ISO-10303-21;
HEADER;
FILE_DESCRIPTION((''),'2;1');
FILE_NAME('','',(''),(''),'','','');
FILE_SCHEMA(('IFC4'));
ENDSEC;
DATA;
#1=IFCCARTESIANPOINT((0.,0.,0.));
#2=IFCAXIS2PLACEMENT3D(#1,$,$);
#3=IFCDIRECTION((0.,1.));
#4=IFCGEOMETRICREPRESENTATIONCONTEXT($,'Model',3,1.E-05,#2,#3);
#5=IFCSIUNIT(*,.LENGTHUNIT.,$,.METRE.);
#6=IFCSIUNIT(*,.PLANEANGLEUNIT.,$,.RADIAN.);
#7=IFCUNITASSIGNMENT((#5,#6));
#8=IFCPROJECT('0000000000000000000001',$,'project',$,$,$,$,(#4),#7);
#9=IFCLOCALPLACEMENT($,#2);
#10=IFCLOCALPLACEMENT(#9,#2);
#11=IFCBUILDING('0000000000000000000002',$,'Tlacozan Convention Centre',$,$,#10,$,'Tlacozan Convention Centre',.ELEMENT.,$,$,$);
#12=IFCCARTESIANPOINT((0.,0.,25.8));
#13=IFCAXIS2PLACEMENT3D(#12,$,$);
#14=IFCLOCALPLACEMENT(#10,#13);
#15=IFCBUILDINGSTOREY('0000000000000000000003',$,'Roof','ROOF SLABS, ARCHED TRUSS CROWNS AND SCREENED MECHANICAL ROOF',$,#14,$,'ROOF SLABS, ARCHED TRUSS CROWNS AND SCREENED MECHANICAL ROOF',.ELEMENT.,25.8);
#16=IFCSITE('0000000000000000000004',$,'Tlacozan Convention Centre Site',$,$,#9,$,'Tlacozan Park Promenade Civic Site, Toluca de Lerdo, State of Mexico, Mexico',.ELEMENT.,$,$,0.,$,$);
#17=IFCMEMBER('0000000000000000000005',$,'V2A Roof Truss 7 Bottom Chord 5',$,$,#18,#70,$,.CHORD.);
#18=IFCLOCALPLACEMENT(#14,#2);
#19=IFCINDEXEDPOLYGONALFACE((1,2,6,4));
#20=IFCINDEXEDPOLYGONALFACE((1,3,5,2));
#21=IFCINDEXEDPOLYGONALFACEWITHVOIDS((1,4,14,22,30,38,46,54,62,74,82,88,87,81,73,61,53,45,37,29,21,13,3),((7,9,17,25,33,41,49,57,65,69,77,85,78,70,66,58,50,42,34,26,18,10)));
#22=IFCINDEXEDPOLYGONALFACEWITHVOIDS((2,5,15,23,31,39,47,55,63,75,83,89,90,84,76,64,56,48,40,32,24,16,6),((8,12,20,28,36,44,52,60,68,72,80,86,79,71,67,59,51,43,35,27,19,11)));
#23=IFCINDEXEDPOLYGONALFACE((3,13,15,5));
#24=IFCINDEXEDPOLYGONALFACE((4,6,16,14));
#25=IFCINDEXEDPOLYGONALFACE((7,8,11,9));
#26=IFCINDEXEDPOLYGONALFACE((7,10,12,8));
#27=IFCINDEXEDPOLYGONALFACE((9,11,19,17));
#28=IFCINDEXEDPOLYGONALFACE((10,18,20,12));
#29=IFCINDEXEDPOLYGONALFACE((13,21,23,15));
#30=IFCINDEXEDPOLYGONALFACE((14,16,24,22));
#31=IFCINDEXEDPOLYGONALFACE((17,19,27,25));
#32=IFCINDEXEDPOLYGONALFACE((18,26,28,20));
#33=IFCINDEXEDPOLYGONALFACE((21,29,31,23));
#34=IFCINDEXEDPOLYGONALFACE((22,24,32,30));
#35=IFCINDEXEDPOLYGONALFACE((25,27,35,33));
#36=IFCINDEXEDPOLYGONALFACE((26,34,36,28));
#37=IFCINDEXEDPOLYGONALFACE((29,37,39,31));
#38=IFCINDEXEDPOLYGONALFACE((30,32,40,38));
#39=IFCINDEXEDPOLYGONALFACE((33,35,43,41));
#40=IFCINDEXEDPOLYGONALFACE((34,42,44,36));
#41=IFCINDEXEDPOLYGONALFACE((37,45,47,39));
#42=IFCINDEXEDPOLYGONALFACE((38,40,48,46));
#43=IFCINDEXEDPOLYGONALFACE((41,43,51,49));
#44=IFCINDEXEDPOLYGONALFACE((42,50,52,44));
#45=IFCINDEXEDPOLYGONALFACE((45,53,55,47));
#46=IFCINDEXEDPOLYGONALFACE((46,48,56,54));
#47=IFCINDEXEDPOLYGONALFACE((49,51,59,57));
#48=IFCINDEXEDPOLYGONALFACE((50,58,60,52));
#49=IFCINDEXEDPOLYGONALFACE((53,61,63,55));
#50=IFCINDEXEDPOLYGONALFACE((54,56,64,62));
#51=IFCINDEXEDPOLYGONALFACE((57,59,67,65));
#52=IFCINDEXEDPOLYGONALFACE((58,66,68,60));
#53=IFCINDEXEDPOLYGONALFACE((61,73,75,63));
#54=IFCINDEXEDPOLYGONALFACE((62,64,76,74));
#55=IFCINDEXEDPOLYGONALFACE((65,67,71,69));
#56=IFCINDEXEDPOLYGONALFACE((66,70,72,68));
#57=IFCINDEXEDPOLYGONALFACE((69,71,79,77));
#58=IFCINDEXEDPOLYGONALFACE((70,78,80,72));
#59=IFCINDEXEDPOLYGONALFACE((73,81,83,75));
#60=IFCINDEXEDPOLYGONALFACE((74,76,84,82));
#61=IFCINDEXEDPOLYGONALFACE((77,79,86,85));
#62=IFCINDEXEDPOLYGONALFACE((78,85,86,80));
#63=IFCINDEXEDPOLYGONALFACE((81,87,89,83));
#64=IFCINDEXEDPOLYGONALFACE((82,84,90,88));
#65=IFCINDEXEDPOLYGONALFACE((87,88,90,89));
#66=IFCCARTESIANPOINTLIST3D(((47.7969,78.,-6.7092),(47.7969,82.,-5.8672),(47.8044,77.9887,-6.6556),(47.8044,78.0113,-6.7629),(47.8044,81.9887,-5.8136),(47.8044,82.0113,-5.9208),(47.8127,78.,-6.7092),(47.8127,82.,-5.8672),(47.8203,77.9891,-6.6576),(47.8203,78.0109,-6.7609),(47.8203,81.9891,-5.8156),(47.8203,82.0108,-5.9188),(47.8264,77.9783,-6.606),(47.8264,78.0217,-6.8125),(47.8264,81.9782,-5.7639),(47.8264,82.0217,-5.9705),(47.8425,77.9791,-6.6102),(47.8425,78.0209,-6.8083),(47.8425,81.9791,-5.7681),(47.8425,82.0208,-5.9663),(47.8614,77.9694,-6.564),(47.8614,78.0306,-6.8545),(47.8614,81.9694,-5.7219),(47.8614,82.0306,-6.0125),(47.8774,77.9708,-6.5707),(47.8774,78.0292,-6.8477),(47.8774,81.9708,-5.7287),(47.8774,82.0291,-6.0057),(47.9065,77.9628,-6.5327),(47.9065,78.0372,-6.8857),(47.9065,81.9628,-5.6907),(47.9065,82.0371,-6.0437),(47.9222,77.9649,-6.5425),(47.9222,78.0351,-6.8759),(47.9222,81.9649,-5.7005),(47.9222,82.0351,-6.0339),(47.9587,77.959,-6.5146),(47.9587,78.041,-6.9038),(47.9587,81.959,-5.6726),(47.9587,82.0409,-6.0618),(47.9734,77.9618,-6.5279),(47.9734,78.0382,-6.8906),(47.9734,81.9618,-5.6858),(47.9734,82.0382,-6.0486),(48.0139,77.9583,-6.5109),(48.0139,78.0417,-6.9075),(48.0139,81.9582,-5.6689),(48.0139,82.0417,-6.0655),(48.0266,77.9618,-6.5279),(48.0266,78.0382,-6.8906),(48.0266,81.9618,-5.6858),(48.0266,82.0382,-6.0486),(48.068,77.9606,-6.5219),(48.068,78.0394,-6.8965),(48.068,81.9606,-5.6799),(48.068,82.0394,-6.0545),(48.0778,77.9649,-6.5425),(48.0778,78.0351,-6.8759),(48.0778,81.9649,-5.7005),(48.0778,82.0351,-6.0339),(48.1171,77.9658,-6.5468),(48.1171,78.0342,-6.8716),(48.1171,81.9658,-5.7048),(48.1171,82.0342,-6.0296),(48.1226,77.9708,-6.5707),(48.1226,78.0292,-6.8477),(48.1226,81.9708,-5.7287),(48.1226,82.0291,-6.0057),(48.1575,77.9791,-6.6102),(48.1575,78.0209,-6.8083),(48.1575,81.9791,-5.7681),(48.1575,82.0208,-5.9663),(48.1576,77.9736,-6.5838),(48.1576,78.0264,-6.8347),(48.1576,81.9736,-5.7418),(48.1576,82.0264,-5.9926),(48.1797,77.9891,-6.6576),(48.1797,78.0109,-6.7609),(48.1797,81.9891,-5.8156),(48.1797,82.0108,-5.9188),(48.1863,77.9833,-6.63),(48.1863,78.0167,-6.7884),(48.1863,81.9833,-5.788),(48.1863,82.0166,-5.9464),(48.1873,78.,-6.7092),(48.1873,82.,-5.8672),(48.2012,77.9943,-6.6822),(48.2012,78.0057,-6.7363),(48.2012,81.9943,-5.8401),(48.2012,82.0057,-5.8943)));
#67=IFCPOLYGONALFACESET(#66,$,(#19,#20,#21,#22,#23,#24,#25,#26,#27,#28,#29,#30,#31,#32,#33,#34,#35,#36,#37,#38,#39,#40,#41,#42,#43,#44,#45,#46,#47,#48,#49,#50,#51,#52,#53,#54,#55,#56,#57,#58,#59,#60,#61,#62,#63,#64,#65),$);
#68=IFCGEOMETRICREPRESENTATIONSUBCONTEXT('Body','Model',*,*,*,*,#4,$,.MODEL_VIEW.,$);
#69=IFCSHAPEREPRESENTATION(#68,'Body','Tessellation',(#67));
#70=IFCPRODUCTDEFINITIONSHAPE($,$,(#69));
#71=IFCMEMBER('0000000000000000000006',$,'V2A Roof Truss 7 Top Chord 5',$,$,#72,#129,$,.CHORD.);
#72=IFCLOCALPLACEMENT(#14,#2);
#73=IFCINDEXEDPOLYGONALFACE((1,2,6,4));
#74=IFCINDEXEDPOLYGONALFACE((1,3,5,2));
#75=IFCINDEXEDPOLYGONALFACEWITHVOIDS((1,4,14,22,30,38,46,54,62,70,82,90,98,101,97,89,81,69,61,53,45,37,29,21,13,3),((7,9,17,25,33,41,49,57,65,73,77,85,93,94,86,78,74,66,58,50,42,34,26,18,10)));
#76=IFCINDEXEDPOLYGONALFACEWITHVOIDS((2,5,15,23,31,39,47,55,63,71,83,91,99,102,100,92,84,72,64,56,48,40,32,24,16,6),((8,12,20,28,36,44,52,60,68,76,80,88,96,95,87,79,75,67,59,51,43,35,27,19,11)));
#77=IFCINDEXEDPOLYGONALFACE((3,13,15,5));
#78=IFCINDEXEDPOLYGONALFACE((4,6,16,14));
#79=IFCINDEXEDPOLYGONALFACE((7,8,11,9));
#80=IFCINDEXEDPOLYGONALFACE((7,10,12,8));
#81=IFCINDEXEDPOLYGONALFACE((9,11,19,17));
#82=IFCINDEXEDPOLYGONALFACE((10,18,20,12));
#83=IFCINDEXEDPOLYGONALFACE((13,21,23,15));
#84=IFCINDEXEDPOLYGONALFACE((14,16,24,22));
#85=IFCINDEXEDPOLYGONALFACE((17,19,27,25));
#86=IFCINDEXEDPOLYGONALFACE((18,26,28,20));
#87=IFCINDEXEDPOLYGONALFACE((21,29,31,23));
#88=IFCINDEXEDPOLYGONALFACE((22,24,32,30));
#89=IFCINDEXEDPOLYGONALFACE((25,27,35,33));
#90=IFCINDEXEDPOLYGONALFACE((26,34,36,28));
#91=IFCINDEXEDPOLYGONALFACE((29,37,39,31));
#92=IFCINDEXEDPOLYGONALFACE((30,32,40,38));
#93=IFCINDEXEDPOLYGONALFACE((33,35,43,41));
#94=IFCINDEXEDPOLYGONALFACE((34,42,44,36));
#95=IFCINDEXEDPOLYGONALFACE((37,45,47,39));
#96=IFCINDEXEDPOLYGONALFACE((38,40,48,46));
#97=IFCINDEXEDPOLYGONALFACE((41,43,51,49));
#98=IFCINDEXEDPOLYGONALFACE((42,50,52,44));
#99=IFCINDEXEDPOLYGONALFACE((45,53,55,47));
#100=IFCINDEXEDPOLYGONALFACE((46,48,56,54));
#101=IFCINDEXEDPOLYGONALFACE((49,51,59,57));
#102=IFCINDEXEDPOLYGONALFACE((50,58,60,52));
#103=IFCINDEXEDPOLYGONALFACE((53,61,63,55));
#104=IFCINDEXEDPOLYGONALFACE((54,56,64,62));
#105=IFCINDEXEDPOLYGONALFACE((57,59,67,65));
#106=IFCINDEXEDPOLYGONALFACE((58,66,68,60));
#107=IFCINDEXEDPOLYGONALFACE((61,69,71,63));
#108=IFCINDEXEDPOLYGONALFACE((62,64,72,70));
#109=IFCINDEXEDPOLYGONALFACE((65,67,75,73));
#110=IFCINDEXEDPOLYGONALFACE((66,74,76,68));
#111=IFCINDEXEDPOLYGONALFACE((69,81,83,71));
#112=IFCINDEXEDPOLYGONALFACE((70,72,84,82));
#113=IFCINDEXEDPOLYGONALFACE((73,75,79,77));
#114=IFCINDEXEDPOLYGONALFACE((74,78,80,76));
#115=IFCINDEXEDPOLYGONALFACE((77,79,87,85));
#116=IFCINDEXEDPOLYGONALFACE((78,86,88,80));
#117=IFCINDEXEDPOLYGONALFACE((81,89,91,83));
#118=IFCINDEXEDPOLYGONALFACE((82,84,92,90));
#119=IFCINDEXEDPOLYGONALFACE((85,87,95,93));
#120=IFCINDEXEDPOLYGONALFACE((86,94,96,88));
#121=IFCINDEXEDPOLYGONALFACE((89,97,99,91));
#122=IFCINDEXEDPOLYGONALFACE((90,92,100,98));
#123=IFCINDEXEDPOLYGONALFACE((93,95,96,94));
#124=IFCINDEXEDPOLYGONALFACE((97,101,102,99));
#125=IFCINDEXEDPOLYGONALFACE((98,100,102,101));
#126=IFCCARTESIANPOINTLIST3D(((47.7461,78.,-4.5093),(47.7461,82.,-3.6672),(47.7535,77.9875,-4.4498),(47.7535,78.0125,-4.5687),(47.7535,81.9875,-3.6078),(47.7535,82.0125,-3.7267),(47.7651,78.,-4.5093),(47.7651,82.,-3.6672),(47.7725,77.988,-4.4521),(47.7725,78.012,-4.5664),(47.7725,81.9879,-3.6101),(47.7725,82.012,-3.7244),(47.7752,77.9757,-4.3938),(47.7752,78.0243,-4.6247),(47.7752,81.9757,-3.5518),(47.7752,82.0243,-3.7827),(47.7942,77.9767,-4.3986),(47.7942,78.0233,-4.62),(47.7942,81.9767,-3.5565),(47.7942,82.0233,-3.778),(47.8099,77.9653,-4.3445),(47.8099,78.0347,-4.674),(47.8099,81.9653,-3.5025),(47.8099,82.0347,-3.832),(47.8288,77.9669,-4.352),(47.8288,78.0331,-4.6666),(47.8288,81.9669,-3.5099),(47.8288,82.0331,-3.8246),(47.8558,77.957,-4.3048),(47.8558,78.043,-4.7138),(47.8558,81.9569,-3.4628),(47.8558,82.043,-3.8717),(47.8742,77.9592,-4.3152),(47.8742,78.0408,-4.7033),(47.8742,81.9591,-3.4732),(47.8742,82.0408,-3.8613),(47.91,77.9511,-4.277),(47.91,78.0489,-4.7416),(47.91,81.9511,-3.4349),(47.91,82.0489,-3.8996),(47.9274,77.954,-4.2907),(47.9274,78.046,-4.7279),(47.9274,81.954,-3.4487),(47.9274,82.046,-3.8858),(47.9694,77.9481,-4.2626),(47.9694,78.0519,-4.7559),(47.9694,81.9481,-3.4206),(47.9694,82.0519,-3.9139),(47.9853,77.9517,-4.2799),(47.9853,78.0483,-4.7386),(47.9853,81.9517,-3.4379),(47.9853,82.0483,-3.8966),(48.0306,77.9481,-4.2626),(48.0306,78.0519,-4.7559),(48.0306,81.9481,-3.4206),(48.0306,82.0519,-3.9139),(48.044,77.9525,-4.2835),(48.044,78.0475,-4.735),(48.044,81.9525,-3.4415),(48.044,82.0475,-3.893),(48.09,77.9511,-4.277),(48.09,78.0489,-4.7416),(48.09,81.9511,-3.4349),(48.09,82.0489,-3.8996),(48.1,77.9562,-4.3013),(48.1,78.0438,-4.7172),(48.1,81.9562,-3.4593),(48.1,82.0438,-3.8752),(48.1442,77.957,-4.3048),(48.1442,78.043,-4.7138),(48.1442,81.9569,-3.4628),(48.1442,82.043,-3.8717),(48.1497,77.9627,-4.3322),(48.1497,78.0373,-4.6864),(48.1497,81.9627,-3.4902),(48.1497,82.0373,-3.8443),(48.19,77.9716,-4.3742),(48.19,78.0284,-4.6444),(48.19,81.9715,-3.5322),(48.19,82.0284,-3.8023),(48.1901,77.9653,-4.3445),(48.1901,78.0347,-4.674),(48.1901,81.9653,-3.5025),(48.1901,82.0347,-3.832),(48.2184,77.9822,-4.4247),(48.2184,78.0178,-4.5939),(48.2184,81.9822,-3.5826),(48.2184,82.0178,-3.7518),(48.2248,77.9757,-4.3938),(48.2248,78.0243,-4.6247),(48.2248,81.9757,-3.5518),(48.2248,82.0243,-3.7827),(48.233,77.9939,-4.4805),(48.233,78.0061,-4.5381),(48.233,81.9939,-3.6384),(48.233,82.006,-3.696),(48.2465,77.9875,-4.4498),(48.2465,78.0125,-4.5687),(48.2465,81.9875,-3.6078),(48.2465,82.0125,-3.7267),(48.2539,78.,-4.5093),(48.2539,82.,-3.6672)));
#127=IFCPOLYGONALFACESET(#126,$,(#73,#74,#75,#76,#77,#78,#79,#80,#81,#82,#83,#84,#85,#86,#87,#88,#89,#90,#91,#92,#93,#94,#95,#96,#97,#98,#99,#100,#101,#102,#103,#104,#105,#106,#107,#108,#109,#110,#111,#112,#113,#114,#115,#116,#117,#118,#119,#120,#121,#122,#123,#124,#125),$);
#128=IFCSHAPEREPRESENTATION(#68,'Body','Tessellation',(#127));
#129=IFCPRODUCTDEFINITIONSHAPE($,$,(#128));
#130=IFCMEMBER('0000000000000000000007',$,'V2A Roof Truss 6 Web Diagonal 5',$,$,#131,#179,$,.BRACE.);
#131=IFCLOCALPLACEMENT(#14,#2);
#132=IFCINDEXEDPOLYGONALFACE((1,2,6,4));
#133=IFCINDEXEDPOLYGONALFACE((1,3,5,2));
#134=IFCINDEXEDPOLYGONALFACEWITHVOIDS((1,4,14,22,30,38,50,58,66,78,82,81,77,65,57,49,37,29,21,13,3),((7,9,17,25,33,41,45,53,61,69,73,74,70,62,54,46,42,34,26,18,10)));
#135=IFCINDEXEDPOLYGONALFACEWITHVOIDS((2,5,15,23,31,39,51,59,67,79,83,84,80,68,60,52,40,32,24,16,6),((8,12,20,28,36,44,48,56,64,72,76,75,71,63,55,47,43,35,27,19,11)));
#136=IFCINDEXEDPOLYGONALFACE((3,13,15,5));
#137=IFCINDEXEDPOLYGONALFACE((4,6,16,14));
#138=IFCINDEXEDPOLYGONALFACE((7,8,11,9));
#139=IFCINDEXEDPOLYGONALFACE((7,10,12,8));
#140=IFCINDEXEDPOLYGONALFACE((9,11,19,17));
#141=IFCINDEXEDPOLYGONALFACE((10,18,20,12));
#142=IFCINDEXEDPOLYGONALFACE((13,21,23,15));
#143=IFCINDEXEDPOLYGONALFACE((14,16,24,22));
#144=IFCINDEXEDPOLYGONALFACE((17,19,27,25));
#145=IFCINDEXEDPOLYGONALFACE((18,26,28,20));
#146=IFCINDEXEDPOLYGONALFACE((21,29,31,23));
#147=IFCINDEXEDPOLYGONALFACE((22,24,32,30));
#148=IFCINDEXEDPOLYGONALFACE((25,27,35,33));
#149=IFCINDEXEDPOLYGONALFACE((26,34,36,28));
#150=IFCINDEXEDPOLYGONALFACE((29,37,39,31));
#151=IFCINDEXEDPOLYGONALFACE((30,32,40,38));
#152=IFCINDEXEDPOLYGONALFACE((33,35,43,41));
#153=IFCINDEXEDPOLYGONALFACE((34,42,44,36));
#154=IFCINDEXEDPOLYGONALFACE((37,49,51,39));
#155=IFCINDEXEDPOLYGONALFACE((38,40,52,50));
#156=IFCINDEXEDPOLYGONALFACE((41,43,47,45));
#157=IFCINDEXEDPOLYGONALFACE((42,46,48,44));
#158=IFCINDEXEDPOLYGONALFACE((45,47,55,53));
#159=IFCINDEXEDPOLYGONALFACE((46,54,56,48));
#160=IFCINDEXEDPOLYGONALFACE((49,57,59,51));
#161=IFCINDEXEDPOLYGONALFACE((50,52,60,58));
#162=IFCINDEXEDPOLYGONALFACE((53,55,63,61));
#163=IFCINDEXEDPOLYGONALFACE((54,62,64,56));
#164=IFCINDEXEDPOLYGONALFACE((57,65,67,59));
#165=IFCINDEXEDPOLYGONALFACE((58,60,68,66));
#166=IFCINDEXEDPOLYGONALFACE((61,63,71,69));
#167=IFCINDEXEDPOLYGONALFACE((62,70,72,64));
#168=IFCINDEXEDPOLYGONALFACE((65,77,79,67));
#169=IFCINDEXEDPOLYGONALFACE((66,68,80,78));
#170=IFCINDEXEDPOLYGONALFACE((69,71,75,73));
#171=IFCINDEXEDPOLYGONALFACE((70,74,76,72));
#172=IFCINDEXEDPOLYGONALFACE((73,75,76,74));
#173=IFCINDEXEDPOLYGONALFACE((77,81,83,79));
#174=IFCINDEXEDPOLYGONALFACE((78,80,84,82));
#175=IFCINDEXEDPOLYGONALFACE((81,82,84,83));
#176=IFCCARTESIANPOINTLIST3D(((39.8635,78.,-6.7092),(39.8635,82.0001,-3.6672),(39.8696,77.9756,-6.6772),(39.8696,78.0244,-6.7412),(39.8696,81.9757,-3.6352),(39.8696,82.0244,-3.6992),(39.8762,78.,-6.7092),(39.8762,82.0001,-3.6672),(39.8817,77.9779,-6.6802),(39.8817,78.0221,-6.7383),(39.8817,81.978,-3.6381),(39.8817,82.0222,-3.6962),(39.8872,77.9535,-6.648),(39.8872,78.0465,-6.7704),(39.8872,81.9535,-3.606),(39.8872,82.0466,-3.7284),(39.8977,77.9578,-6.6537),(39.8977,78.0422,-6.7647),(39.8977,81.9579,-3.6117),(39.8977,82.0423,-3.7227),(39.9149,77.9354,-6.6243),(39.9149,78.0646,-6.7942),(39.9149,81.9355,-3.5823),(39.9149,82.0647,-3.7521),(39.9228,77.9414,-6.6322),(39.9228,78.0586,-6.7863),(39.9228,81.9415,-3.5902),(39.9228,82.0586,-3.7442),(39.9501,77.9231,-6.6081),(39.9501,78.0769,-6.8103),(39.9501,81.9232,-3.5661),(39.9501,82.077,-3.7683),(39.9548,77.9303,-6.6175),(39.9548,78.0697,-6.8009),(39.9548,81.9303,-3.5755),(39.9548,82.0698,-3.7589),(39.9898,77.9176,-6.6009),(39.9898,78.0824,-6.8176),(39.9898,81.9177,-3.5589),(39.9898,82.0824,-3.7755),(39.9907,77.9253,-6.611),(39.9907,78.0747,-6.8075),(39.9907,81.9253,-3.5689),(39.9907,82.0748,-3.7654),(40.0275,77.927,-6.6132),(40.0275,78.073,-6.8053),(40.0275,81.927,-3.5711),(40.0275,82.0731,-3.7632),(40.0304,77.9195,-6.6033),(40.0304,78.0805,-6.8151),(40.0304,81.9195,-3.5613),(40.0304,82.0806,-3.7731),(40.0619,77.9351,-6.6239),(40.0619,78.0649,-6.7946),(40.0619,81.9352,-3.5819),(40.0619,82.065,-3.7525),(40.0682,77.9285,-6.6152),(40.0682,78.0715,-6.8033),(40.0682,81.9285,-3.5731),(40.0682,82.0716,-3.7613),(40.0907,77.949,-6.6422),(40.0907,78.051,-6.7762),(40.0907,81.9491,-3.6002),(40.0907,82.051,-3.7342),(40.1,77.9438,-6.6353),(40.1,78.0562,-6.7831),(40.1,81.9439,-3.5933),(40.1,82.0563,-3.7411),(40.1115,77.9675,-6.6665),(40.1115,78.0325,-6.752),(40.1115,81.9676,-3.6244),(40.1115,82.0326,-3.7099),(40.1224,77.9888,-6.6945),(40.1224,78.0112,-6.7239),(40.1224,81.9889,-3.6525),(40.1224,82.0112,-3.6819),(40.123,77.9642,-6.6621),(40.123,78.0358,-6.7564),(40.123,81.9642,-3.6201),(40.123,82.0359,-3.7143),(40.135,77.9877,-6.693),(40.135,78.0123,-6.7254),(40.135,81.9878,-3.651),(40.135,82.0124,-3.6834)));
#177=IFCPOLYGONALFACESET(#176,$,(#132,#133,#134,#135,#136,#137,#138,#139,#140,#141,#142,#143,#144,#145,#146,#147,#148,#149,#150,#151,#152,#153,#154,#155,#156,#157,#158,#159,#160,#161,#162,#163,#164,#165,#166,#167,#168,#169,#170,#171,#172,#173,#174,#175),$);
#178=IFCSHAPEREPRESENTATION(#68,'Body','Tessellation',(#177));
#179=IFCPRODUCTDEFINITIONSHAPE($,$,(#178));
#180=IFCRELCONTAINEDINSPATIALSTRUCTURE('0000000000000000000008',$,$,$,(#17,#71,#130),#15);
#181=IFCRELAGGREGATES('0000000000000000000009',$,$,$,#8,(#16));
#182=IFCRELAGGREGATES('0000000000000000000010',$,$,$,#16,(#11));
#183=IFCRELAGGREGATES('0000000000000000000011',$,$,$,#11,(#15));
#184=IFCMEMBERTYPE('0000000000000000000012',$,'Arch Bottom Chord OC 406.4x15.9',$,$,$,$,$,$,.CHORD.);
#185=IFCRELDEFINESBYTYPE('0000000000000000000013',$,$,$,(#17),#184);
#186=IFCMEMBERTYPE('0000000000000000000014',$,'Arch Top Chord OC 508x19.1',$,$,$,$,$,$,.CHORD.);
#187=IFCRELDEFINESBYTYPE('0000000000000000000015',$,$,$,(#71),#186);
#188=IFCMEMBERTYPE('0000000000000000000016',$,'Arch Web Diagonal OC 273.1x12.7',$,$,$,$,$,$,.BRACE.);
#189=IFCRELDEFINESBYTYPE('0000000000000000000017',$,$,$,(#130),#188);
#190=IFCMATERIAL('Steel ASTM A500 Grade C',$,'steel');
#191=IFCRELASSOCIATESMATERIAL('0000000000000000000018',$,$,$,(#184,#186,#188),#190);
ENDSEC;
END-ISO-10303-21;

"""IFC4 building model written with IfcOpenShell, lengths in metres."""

from ifc_helpers import new_model, si_unit, direction, frame, origin, origin_2d, place, context, subcontext, project, spatial, hollow_circle, extrude, material, material_profile, profile_set, type_object, element, save


model = new_model("IFC4")

# Units and contexts
model_context = context("Model", 3, precision=1e-05, world=origin(), true_north=direction((0.0, 1.0)))
body_context = subcontext(model_context, "Body", "Model", "MODEL_VIEW")
ifc_project = project(units=[si_unit("LENGTHUNIT", "METRE"), si_unit("PLANEANGLEUNIT", "RADIAN")], contexts=[model_context])

# Site, building, storey
site_placement = place(None, origin())
site = spatial("IfcSite", under=ifc_project, at=site_placement, Name="Tlacozan Convention Centre Site", LongName="Tlacozan Park Promenade Civic Site, Toluca de Lerdo, State of Mexico, Mexico", CompositionType="ELEMENT", RefElevation=0.0)
building_placement = place(site_placement, origin())
building = spatial("IfcBuilding", under=site, at=building_placement, Name="Tlacozan Convention Centre", LongName="Tlacozan Convention Centre", CompositionType="ELEMENT")
storey_placement = place(building_placement, frame((0.0, 0.0, 25.8)))
storey = spatial("IfcBuildingStorey", under=building, at=storey_placement, Name="Roof", Description="ROOF SLABS, ARCHED TRUSS CROWNS AND SCREENED MECHANICAL ROOF", LongName="ROOF SLABS, ARCHED TRUSS CROWNS AND SCREENED MECHANICAL ROOF", CompositionType="ELEMENT", Elevation=25.8)

# Members
ifc_material_1 = material(Name="Steel ASTM A500 Grade C", Category="steel")
ifc_material_profile_1 = material_profile(ifc_material_1, hollow_circle(Radius=0.2031, WallThickness=0.0159, at=origin_2d()), Name="OC 406.4x15.9")
ifc_profile_set_1 = profile_set([ifc_material_profile_1], Name="Steel ASTM A500 Grade C")
member_type_1 = type_object("IfcMemberType", Name="Arch Bottom Chord OC 406.4x15.9", PredefinedType="CHORD", material=ifc_profile_set_1)
member_1_placement = place(storey_placement, frame((48.0, 78.0, -6.7092), z_axis=(0.0, 0.978553, 0.205995), x_axis=(-1.0, 0.0, 0.0)))
element("IfcMember", 1, at=member_1_placement, inside=storey, type_object=member_type_1, Name="V2A Roof Truss 7 Bottom Chord 5", PredefinedType="CHORD", context=body_context, shape_type="SweptSolid", body=[
    extrude(hollow_circle(Radius=0.2031, WallThickness=0.0159, at=origin_2d()), origin(), (0.0, 0.0, 1.0), 4.0876),
])
ifc_material_profile_2 = material_profile(ifc_material_1, hollow_circle(Radius=0.2539, WallThickness=0.019, at=origin_2d()), Name="OC 508.0x19.1")
ifc_profile_set_2 = profile_set([ifc_material_profile_2], Name="Steel ASTM A500 Grade C")
member_type_2 = type_object("IfcMemberType", Name="Arch Top Chord OC 508x19.1", PredefinedType="CHORD", material=ifc_profile_set_2)
member_2_placement = place(storey_placement, frame((48.0, 78.0, -4.5093), z_axis=(0.0, 0.978553, 0.205995), x_axis=(-1.0, 0.0, 0.0)))
element("IfcMember", 2, at=member_2_placement, inside=storey, type_object=member_type_2, Name="V2A Roof Truss 7 Top Chord 5", PredefinedType="CHORD", context=body_context, shape_type="SweptSolid", body=[
    extrude(hollow_circle(Radius=0.2539, WallThickness=0.019, at=origin_2d()), origin(), (0.0, 0.0, 1.0), 4.0876),
])
ifc_material_profile_3 = material_profile(ifc_material_1, hollow_circle(Radius=0.1365, WallThickness=0.0127, at=origin_2d()), Name="OC 273.1x12.7")
ifc_profile_set_3 = profile_set([ifc_material_profile_3], Name="Steel ASTM A500 Grade C")
member_type_3 = type_object("IfcMemberType", Name="Arch Web Diagonal OC 273.1x12.7", PredefinedType="BRACE", material=ifc_profile_set_3)
member_3_placement = place(storey_placement, frame((40.0, 78.0, -6.7092), z_axis=(0.0, 0.795971, 0.605335), x_axis=(-1.0, 0.0, 0.0)))
element("IfcMember", 3, at=member_3_placement, inside=storey, type_object=member_type_3, Name="V2A Roof Truss 6 Web Diagonal 5", PredefinedType="BRACE", context=body_context, shape_type="SweptSolid", body=[
    extrude(hollow_circle(Radius=0.1365, WallThickness=0.0127, at=origin_2d()), origin(), (0.0, 0.0, 1.0), 5.0254),
])

save(model, "model.ifc")
